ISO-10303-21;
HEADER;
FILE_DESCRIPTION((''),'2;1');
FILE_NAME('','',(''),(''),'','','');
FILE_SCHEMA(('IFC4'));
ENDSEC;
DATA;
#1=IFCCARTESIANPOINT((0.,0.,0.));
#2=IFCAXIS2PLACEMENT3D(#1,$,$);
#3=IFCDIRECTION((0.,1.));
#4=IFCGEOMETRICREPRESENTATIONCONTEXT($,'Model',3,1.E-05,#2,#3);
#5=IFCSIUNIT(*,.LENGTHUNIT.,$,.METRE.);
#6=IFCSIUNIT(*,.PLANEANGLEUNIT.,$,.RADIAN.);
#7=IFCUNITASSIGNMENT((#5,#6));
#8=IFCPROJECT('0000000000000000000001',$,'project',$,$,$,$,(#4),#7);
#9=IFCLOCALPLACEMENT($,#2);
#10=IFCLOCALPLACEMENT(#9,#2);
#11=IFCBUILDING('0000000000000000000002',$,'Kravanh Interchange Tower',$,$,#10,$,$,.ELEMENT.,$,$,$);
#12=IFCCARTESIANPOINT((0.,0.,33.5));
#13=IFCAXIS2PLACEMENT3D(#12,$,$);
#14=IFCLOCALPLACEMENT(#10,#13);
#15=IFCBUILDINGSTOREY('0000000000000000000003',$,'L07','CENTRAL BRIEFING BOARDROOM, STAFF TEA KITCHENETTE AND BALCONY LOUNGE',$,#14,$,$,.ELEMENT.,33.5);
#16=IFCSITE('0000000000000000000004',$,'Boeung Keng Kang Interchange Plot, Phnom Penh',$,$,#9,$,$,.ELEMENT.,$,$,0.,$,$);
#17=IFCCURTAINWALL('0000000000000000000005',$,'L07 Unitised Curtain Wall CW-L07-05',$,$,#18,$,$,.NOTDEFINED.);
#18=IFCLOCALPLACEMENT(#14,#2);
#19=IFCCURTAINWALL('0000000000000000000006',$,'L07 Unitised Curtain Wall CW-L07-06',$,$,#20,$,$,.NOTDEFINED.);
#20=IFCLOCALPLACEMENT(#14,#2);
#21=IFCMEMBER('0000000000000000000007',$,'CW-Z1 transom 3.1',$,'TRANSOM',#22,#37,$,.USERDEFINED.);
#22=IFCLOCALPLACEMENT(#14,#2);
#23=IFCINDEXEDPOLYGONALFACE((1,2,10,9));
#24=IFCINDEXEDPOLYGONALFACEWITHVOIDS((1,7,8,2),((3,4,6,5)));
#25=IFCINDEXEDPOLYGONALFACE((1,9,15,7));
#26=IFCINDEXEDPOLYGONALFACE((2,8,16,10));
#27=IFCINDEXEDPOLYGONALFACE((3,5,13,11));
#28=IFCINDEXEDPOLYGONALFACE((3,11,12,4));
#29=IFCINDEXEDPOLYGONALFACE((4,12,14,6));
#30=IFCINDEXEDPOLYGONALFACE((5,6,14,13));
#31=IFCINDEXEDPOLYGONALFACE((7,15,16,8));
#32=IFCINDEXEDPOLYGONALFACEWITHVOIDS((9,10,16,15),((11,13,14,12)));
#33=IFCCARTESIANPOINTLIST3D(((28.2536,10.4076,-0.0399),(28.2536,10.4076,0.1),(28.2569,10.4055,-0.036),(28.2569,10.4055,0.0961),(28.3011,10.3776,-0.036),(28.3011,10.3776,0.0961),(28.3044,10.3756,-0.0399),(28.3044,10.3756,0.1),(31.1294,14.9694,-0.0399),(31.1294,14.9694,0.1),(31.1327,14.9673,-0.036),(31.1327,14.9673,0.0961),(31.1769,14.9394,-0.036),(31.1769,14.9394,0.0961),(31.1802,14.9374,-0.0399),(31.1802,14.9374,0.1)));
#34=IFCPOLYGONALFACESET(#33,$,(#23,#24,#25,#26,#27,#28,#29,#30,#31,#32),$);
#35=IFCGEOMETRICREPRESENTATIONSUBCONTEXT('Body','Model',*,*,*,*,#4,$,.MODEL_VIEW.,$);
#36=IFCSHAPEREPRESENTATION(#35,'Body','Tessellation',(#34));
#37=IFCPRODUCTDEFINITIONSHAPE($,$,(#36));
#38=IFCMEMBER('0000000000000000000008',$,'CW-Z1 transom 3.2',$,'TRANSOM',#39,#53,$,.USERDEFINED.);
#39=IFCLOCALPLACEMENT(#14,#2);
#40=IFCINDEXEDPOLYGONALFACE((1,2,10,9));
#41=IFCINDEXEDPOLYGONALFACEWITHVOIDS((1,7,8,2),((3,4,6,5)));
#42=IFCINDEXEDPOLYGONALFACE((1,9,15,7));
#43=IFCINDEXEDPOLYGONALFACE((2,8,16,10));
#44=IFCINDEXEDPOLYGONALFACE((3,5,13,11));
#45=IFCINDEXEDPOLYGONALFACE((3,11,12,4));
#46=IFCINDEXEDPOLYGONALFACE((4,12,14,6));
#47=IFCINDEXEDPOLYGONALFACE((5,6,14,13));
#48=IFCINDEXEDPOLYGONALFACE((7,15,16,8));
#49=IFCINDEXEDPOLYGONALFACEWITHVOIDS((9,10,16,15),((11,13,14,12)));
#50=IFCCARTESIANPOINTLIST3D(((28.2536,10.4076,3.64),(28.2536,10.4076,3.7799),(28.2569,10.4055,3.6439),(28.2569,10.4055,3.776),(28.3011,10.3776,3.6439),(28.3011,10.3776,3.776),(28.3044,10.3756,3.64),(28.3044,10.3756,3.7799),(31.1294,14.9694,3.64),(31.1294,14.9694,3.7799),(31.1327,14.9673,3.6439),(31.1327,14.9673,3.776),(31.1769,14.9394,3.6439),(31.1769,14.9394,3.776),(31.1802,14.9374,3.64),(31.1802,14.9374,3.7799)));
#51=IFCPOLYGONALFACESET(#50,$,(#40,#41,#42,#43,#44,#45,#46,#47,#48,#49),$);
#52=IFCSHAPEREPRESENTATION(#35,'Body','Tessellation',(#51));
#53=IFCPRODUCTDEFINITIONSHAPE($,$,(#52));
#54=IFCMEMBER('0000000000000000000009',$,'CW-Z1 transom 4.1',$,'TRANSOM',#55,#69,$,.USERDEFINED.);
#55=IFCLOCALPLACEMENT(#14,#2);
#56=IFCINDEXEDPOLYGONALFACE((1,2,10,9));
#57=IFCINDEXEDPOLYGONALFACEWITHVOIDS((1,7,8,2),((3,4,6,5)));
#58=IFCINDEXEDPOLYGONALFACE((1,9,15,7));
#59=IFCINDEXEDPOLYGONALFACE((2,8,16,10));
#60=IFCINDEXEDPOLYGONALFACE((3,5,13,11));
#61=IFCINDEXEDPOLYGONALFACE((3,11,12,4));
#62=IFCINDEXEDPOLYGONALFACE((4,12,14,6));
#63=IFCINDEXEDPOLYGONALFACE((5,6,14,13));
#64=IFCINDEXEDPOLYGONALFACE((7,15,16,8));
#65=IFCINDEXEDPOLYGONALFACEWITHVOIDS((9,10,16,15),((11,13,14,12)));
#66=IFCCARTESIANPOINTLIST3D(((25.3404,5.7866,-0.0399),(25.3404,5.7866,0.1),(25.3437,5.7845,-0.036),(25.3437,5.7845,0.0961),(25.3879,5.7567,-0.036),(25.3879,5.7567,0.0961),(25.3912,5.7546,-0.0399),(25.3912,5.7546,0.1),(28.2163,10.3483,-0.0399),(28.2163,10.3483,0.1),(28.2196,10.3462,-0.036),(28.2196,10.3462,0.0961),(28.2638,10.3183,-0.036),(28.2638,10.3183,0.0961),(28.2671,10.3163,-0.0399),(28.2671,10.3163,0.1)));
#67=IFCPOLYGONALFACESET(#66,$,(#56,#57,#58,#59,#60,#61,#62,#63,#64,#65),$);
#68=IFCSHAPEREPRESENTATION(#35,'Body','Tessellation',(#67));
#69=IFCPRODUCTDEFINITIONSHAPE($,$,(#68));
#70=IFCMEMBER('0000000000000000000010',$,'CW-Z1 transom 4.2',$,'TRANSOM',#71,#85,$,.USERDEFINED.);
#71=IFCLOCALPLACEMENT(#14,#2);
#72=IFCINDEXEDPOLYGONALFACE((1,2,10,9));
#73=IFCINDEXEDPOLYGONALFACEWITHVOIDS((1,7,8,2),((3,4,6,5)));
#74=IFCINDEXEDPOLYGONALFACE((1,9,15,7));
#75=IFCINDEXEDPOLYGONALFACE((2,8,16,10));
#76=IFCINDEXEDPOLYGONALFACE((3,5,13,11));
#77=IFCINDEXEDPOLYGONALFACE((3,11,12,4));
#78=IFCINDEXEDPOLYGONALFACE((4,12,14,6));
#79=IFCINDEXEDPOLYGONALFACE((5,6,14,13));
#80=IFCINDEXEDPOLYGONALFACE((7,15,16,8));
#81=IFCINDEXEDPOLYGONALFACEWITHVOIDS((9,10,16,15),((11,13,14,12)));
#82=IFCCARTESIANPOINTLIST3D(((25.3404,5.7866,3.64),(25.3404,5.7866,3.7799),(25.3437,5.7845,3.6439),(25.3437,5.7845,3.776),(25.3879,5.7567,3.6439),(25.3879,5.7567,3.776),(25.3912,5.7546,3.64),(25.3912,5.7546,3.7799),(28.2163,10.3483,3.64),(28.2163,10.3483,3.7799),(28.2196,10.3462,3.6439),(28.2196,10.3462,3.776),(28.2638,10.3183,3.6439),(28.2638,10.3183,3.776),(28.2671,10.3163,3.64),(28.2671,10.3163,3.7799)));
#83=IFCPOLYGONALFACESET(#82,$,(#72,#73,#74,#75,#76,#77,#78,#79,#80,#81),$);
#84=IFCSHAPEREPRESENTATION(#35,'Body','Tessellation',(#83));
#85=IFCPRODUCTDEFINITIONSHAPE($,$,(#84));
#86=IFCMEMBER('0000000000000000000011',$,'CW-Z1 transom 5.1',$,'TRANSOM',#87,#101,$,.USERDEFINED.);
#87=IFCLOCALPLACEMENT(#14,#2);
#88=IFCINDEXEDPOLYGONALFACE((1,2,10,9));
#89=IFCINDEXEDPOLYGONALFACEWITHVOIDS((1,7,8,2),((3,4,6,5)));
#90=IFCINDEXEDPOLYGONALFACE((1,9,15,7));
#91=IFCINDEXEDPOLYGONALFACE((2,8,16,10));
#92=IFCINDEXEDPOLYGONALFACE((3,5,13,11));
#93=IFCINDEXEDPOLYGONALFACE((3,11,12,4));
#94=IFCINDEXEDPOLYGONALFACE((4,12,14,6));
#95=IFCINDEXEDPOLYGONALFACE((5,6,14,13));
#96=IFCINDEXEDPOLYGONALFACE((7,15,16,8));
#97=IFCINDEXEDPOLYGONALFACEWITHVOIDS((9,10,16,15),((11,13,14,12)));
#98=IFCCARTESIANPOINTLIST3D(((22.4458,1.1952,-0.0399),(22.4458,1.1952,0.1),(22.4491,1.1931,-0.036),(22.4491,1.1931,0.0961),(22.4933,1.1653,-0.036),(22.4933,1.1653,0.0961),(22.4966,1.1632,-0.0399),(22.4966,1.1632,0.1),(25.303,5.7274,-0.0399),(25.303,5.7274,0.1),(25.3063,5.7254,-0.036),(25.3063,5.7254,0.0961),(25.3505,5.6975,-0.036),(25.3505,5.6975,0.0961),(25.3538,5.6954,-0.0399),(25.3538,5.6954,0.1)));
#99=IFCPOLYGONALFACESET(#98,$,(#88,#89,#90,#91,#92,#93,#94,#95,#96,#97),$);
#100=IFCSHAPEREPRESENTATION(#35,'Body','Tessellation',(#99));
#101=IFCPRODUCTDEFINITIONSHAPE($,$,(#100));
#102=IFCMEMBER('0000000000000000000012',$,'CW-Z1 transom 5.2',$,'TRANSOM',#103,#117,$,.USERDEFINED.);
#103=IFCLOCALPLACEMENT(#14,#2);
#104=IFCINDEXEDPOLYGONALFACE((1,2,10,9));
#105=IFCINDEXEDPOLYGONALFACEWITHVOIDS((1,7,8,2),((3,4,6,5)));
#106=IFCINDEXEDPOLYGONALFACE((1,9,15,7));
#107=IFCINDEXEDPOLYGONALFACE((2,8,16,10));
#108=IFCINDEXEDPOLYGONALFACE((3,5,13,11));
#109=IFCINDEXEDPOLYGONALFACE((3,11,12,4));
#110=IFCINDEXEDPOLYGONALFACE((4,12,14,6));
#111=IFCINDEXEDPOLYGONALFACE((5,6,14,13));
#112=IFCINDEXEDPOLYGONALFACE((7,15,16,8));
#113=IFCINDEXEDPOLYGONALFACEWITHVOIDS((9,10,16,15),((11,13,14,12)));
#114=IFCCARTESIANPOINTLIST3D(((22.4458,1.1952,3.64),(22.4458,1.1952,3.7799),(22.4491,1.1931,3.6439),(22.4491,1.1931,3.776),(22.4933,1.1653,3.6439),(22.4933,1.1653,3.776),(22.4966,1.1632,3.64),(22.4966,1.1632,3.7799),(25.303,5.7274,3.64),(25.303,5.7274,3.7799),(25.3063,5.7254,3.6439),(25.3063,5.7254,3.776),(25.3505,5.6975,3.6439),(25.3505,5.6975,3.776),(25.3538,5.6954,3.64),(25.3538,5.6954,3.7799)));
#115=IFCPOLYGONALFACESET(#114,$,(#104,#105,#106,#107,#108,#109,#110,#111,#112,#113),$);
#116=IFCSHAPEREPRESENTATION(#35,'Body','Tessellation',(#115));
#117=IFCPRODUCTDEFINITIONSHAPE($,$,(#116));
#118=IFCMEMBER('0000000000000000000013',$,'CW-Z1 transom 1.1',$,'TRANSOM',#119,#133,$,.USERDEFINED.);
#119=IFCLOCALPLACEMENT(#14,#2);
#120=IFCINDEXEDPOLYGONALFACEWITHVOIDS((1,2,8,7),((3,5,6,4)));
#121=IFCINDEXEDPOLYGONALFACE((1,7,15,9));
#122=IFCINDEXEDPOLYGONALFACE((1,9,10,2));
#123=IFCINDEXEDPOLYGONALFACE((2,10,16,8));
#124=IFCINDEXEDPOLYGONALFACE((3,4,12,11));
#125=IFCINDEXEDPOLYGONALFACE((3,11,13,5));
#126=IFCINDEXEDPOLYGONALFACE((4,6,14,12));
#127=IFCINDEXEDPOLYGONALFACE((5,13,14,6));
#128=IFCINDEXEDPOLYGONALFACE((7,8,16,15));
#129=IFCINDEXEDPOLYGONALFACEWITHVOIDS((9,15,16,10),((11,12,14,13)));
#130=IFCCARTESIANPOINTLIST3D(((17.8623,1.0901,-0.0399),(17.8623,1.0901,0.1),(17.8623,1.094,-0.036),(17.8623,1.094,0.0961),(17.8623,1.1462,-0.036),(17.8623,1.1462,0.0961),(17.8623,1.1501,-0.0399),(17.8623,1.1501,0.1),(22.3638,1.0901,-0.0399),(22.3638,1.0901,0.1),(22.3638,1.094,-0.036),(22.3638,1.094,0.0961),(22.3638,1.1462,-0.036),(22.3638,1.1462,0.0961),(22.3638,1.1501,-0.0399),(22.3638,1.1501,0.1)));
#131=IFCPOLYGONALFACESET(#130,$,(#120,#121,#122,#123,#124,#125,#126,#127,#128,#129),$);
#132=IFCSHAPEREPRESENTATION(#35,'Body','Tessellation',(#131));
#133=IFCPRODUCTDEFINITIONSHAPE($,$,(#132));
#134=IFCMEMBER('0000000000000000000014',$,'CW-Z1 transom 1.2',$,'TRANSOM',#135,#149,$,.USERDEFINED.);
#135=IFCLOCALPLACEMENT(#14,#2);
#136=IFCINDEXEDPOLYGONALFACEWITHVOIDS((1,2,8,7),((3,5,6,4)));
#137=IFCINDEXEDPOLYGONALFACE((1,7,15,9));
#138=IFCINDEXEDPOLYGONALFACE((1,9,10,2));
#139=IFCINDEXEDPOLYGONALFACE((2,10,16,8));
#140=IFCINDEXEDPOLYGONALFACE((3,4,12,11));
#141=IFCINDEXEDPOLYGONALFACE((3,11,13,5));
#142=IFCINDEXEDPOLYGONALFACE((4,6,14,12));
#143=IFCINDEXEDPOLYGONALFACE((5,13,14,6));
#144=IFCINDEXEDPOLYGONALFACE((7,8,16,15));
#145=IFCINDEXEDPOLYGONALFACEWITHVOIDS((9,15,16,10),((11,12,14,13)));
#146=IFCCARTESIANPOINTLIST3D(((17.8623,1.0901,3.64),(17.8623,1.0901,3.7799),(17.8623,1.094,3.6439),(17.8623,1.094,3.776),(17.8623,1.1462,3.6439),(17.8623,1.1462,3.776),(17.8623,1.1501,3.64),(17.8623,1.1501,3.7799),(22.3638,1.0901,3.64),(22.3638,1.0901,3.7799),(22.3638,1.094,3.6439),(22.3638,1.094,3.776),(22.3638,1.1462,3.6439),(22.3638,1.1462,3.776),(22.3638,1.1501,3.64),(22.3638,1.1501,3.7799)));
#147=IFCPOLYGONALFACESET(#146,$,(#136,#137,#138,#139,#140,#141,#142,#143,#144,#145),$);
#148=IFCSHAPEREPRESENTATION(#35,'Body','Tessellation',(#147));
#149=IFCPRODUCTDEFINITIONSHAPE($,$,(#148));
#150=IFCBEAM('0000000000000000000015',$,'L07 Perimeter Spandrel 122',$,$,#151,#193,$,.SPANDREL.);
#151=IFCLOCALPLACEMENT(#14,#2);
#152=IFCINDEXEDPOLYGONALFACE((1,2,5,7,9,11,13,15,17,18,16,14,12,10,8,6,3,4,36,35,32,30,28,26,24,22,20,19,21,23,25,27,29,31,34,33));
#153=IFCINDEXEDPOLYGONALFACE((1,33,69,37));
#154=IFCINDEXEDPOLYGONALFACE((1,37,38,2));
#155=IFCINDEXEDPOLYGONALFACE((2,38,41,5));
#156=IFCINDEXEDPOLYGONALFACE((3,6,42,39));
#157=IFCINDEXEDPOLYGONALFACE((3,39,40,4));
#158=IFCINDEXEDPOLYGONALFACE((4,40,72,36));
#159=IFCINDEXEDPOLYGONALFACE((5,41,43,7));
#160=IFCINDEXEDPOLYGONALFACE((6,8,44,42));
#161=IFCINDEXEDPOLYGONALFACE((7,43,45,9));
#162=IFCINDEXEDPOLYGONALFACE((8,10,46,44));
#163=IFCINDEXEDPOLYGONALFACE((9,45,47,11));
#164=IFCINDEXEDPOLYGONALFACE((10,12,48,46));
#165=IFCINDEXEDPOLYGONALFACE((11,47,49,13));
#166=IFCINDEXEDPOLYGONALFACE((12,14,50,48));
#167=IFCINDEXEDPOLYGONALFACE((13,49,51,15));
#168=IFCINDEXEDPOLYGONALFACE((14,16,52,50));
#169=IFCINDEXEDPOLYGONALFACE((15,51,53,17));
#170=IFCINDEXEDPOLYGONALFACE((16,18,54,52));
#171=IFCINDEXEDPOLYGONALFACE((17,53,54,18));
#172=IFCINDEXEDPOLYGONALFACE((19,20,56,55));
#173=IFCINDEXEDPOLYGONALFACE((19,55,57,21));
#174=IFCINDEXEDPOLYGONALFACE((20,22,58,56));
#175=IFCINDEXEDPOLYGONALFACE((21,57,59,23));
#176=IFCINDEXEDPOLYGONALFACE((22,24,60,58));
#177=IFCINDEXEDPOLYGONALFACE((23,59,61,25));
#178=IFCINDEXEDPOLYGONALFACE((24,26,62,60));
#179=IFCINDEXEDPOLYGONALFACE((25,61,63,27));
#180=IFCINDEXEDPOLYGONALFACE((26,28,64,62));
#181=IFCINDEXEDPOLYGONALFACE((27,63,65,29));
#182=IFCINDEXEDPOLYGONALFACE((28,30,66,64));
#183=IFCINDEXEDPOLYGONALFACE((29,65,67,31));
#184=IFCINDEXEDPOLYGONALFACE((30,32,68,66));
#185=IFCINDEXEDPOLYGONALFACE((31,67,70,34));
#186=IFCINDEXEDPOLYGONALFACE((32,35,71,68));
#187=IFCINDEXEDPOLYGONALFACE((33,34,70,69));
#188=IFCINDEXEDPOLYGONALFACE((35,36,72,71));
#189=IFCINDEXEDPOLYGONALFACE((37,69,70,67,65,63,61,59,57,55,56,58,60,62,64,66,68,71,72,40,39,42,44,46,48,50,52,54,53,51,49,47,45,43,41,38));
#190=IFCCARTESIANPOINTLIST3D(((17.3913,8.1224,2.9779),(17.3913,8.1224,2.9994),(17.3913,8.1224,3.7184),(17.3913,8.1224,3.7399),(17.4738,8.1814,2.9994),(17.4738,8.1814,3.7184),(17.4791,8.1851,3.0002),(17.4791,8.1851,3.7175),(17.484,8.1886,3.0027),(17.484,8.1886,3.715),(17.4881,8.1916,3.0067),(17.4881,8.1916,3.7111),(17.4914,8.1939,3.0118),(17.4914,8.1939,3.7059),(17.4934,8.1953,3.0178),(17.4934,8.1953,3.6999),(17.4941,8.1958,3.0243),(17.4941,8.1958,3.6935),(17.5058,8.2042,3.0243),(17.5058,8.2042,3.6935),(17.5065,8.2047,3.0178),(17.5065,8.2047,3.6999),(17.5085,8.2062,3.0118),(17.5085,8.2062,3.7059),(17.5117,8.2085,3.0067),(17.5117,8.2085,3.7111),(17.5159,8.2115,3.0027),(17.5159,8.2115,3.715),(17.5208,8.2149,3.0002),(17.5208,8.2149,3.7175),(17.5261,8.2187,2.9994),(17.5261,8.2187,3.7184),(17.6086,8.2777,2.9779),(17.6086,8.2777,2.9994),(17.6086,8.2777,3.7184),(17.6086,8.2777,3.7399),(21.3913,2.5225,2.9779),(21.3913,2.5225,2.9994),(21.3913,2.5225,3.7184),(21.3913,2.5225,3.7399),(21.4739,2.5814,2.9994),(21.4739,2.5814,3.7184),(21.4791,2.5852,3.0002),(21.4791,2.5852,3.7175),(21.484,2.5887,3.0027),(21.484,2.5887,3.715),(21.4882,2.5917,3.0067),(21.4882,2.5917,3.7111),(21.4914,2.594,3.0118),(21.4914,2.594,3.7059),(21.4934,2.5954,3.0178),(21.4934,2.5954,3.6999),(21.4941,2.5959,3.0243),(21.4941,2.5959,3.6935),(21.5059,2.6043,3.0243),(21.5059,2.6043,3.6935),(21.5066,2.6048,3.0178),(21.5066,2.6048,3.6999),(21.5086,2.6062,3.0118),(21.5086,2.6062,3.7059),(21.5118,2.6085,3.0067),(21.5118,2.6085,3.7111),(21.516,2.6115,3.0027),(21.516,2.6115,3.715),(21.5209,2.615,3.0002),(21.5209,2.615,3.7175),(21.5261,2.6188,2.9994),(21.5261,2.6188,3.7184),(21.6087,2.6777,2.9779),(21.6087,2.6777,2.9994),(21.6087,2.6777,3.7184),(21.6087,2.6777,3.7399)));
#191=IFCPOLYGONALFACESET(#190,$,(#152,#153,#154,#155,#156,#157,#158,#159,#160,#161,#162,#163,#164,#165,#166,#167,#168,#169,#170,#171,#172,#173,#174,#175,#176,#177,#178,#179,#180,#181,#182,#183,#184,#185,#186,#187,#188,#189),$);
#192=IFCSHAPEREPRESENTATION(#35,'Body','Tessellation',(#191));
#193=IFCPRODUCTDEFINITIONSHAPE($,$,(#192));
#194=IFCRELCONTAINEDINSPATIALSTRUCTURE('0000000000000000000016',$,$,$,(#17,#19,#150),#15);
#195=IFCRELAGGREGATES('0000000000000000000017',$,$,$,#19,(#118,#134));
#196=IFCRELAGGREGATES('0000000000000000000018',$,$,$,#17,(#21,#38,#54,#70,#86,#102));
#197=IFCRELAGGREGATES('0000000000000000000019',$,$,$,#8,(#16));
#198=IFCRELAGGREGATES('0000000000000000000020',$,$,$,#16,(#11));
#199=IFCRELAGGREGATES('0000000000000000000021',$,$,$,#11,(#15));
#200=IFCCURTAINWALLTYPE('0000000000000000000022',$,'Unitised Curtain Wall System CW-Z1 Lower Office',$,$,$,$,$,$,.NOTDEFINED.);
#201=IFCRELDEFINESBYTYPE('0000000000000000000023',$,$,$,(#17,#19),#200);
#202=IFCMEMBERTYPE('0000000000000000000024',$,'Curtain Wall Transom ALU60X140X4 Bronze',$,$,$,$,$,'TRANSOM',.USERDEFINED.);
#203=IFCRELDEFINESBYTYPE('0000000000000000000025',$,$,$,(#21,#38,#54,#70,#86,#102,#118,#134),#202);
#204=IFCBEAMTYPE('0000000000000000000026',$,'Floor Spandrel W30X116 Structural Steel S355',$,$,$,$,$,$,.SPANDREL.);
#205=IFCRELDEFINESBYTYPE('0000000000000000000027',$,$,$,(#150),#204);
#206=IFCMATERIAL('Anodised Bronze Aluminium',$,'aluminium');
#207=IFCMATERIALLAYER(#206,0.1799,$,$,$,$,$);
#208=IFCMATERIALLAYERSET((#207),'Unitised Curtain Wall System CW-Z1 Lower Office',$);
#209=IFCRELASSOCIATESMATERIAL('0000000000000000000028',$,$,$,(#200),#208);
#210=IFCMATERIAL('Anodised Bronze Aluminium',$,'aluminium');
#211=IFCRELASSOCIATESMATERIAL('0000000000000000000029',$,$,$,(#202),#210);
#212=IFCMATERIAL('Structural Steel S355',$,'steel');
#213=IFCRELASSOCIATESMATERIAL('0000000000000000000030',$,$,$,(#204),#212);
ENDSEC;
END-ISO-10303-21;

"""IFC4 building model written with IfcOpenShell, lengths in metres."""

from ifc_helpers import new_model, si_unit, direction, frame, origin, origin_2d, place, context, subcontext, project, spatial, hollow_rectangle, i_section, extrude, material, layer, layer_set, material_profile, profile_set, type_object, element, aggregate, save


model = new_model("IFC4")

# Units and contexts
model_context = context("Model", 3, precision=1e-05, world=origin(), true_north=direction((0.0, 1.0)))
body_context = subcontext(model_context, "Body", "Model", "MODEL_VIEW")
ifc_project = project(units=[si_unit("LENGTHUNIT", "METRE"), si_unit("PLANEANGLEUNIT", "RADIAN")], contexts=[model_context])

# Site, building, storey
site_placement = place(None, origin())
site = spatial("IfcSite", under=ifc_project, at=site_placement, Name="Boeung Keng Kang Interchange Plot, Phnom Penh", CompositionType="ELEMENT", RefElevation=0.0)
building_placement = place(site_placement, origin())
building = spatial("IfcBuilding", under=site, at=building_placement, Name="Kravanh Interchange Tower", CompositionType="ELEMENT")
storey_placement = place(building_placement, frame((0.0, 0.0, 33.5)))
storey = spatial("IfcBuildingStorey", under=building, at=storey_placement, Name="L07", Description="CENTRAL BRIEFING BOARDROOM, STAFF TEA KITCHENETTE AND BALCONY LOUNGE", CompositionType="ELEMENT", Elevation=33.5)

# Curtain wall
ifc_material_1 = material(Name="Anodised Bronze Aluminium", Category="aluminium")
ifc_layer_1 = layer(ifc_material_1, 0.1799)
ifc_layer_set_1 = layer_set([ifc_layer_1], Name="Unitised Curtain Wall System CW-Z1 Lower Office")
curtain_wall_type = type_object("IfcCurtainWallType", Name="Unitised Curtain Wall System CW-Z1 Lower Office", PredefinedType="NOTDEFINED", material=ifc_layer_set_1)
curtain_wall_1_placement = place(storey_placement, origin())
curtain_wall_1 = element("IfcCurtainWall", 1, at=curtain_wall_1_placement, inside=storey, type_object=curtain_wall_type, Name="L07 Unitised Curtain Wall CW-L07-05", PredefinedType="NOTDEFINED")

# Curtain wall
curtain_wall_2_placement = place(storey_placement, origin())
curtain_wall_2 = element("IfcCurtainWall", 2, at=curtain_wall_2_placement, inside=storey, type_object=curtain_wall_type, Name="L07 Unitised Curtain Wall CW-L07-06", PredefinedType="NOTDEFINED")

# Members
ifc_material_2 = material(Name="Anodised Bronze Aluminium", Category="aluminium")
ifc_material_profile_1 = material_profile(ifc_material_2, hollow_rectangle(XDim=0.0601, YDim=0.1399, WallThickness=0.0039, at=origin_2d()), Name="ALU60X140X4")
ifc_profile_set_1 = profile_set([ifc_material_profile_1], Name="Anodised Bronze Aluminium")
member_type_1 = type_object("IfcMemberType", Name="Curtain Wall Transom ALU60X140X4 Bronze", ElementType="TRANSOM", PredefinedType="USERDEFINED", material=ifc_profile_set_1)
member_1_placement = place(storey_placement, frame((31.1548, 14.9534, 0.03), z_axis=(-0.533279, -0.845939, 0.0), x_axis=(0.845939, -0.533279, 0.0)))
member_1 = element("IfcMember", 3, at=member_1_placement, type_object=member_type_1, Name="CW-Z1 transom 3.1", ObjectType="TRANSOM", PredefinedType="USERDEFINED", context=body_context, shape_type="SweptSolid", body=[
    extrude(hollow_rectangle(XDim=0.0601, YDim=0.1399, WallThickness=0.0039, at=origin_2d()), origin(), (0.0, 0.0, 1.0), 5.3926),
])
member_2_placement = place(storey_placement, frame((31.1548, 14.9534, 3.71), z_axis=(-0.533279, -0.845939, 0.0), x_axis=(0.845939, -0.533279, 0.0)))
member_2 = element("IfcMember", 4, at=member_2_placement, type_object=member_type_1, Name="CW-Z1 transom 3.2", ObjectType="TRANSOM", PredefinedType="USERDEFINED", context=body_context, shape_type="SweptSolid", body=[
    extrude(hollow_rectangle(XDim=0.0601, YDim=0.1399, WallThickness=0.0039, at=origin_2d()), origin(), (0.0, 0.0, 1.0), 5.3926),
])
member_3_placement = place(storey_placement, frame((28.2417, 10.3323, 0.03), z_axis=(-0.533311, -0.845919, 0.0), x_axis=(0.845919, -0.533311, 0.0)))
member_3 = element("IfcMember", 5, at=member_3_placement, type_object=member_type_1, Name="CW-Z1 transom 4.1", ObjectType="TRANSOM", PredefinedType="USERDEFINED", context=body_context, shape_type="SweptSolid", body=[
    extrude(hollow_rectangle(XDim=0.0601, YDim=0.1399, WallThickness=0.0039, at=origin_2d()), origin(), (0.0, 0.0, 1.0), 5.3926),
])
member_4_placement = place(storey_placement, frame((28.2417, 10.3323, 3.71), z_axis=(-0.533311, -0.845919, 0.0), x_axis=(0.845919, -0.533311, 0.0)))
member_4 = element("IfcMember", 6, at=member_4_placement, type_object=member_type_1, Name="CW-Z1 transom 4.2", ObjectType="TRANSOM", PredefinedType="USERDEFINED", context=body_context, shape_type="SweptSolid", body=[
    extrude(hollow_rectangle(XDim=0.0601, YDim=0.1399, WallThickness=0.0039, at=origin_2d()), origin(), (0.0, 0.0, 1.0), 5.3926),
])
member_5_placement = place(storey_placement, frame((25.3284, 5.7114, 0.03), z_axis=(-0.533288, -0.845934, 0.0), x_axis=(0.845934, -0.533288, 0.0)))
member_5 = element("IfcMember", 7, at=member_5_placement, type_object=member_type_1, Name="CW-Z1 transom 5.1", ObjectType="TRANSOM", PredefinedType="USERDEFINED", context=body_context, shape_type="SweptSolid", body=[
    extrude(hollow_rectangle(XDim=0.0601, YDim=0.1399, WallThickness=0.0039, at=origin_2d()), origin(), (0.0, 0.0, 1.0), 5.3577),
])
member_6_placement = place(storey_placement, frame((25.3284, 5.7114, 3.71), z_axis=(-0.533288, -0.845934, 0.0), x_axis=(0.845934, -0.533288, 0.0)))
member_6 = element("IfcMember", 8, at=member_6_placement, type_object=member_type_1, Name="CW-Z1 transom 5.2", ObjectType="TRANSOM", PredefinedType="USERDEFINED", context=body_context, shape_type="SweptSolid", body=[
    extrude(hollow_rectangle(XDim=0.0601, YDim=0.1399, WallThickness=0.0039, at=origin_2d()), origin(), (0.0, 0.0, 1.0), 5.3577),
])
member_7_placement = place(storey_placement, frame((22.3638, 1.1201, 0.03), z_axis=(-1.0, 0.0, 0.0), x_axis=(0.0, -1.0, 0.0)))
member_7 = element("IfcMember", 9, at=member_7_placement, type_object=member_type_1, Name="CW-Z1 transom 1.1", ObjectType="TRANSOM", PredefinedType="USERDEFINED", context=body_context, shape_type="SweptSolid", body=[
    extrude(hollow_rectangle(XDim=0.0601, YDim=0.1399, WallThickness=0.0039, at=origin_2d()), origin(), (0.0, 0.0, 1.0), 4.5015),
])
member_8_placement = place(storey_placement, frame((22.3638, 1.1201, 3.71), z_axis=(-1.0, 0.0, 0.0), x_axis=(0.0, -1.0, 0.0)))
member_8 = element("IfcMember", 10, at=member_8_placement, type_object=member_type_1, Name="CW-Z1 transom 1.2", ObjectType="TRANSOM", PredefinedType="USERDEFINED", context=body_context, shape_type="SweptSolid", body=[
    extrude(hollow_rectangle(XDim=0.0601, YDim=0.1399, WallThickness=0.0039, at=origin_2d()), origin(), (0.0, 0.0, 1.0), 4.5015),
])
aggregate(curtain_wall_2, [member_7, member_8])

# Beam
ifc_material_3 = material(Name="Structural Steel S355", Category="steel")
ifc_material_profile_2 = material_profile(ifc_material_3, i_section(OverallWidth=0.2671, OverallDepth=0.762, WebThickness=0.0144, FlangeThickness=0.0215, FilletRadius=0.0249, at=origin_2d()), Name="W30X116")
ifc_profile_set_2 = profile_set([ifc_material_profile_2], Name="Structural Steel S355")
beam_type = type_object("IfcBeamType", Name="Floor Spandrel W30X116 Structural Steel S355", PredefinedType="SPANDREL", material=ifc_profile_set_2)
beam_1_placement = place(storey_placement, frame((21.5, 2.6001, 3.3589), z_axis=(-0.581248, 0.813726, 0.0), x_axis=(-0.813726, -0.581248, 0.0)))
element("IfcBeam", 11, at=beam_1_placement, inside=storey, type_object=beam_type, Name="L07 Perimeter Spandrel 122", PredefinedType="SPANDREL", context=body_context, shape_type="SweptSolid", body=[
    extrude(i_section(OverallWidth=0.2671, OverallDepth=0.762, WebThickness=0.0144, FlangeThickness=0.0215, FilletRadius=0.0249, at=origin_2d()), origin(), (0.0, 0.0, 1.0), 6.8818),
])

aggregate(curtain_wall_1, [member_1, member_2, member_3, member_4, member_5, member_6])

save(model, "model.ifc")
